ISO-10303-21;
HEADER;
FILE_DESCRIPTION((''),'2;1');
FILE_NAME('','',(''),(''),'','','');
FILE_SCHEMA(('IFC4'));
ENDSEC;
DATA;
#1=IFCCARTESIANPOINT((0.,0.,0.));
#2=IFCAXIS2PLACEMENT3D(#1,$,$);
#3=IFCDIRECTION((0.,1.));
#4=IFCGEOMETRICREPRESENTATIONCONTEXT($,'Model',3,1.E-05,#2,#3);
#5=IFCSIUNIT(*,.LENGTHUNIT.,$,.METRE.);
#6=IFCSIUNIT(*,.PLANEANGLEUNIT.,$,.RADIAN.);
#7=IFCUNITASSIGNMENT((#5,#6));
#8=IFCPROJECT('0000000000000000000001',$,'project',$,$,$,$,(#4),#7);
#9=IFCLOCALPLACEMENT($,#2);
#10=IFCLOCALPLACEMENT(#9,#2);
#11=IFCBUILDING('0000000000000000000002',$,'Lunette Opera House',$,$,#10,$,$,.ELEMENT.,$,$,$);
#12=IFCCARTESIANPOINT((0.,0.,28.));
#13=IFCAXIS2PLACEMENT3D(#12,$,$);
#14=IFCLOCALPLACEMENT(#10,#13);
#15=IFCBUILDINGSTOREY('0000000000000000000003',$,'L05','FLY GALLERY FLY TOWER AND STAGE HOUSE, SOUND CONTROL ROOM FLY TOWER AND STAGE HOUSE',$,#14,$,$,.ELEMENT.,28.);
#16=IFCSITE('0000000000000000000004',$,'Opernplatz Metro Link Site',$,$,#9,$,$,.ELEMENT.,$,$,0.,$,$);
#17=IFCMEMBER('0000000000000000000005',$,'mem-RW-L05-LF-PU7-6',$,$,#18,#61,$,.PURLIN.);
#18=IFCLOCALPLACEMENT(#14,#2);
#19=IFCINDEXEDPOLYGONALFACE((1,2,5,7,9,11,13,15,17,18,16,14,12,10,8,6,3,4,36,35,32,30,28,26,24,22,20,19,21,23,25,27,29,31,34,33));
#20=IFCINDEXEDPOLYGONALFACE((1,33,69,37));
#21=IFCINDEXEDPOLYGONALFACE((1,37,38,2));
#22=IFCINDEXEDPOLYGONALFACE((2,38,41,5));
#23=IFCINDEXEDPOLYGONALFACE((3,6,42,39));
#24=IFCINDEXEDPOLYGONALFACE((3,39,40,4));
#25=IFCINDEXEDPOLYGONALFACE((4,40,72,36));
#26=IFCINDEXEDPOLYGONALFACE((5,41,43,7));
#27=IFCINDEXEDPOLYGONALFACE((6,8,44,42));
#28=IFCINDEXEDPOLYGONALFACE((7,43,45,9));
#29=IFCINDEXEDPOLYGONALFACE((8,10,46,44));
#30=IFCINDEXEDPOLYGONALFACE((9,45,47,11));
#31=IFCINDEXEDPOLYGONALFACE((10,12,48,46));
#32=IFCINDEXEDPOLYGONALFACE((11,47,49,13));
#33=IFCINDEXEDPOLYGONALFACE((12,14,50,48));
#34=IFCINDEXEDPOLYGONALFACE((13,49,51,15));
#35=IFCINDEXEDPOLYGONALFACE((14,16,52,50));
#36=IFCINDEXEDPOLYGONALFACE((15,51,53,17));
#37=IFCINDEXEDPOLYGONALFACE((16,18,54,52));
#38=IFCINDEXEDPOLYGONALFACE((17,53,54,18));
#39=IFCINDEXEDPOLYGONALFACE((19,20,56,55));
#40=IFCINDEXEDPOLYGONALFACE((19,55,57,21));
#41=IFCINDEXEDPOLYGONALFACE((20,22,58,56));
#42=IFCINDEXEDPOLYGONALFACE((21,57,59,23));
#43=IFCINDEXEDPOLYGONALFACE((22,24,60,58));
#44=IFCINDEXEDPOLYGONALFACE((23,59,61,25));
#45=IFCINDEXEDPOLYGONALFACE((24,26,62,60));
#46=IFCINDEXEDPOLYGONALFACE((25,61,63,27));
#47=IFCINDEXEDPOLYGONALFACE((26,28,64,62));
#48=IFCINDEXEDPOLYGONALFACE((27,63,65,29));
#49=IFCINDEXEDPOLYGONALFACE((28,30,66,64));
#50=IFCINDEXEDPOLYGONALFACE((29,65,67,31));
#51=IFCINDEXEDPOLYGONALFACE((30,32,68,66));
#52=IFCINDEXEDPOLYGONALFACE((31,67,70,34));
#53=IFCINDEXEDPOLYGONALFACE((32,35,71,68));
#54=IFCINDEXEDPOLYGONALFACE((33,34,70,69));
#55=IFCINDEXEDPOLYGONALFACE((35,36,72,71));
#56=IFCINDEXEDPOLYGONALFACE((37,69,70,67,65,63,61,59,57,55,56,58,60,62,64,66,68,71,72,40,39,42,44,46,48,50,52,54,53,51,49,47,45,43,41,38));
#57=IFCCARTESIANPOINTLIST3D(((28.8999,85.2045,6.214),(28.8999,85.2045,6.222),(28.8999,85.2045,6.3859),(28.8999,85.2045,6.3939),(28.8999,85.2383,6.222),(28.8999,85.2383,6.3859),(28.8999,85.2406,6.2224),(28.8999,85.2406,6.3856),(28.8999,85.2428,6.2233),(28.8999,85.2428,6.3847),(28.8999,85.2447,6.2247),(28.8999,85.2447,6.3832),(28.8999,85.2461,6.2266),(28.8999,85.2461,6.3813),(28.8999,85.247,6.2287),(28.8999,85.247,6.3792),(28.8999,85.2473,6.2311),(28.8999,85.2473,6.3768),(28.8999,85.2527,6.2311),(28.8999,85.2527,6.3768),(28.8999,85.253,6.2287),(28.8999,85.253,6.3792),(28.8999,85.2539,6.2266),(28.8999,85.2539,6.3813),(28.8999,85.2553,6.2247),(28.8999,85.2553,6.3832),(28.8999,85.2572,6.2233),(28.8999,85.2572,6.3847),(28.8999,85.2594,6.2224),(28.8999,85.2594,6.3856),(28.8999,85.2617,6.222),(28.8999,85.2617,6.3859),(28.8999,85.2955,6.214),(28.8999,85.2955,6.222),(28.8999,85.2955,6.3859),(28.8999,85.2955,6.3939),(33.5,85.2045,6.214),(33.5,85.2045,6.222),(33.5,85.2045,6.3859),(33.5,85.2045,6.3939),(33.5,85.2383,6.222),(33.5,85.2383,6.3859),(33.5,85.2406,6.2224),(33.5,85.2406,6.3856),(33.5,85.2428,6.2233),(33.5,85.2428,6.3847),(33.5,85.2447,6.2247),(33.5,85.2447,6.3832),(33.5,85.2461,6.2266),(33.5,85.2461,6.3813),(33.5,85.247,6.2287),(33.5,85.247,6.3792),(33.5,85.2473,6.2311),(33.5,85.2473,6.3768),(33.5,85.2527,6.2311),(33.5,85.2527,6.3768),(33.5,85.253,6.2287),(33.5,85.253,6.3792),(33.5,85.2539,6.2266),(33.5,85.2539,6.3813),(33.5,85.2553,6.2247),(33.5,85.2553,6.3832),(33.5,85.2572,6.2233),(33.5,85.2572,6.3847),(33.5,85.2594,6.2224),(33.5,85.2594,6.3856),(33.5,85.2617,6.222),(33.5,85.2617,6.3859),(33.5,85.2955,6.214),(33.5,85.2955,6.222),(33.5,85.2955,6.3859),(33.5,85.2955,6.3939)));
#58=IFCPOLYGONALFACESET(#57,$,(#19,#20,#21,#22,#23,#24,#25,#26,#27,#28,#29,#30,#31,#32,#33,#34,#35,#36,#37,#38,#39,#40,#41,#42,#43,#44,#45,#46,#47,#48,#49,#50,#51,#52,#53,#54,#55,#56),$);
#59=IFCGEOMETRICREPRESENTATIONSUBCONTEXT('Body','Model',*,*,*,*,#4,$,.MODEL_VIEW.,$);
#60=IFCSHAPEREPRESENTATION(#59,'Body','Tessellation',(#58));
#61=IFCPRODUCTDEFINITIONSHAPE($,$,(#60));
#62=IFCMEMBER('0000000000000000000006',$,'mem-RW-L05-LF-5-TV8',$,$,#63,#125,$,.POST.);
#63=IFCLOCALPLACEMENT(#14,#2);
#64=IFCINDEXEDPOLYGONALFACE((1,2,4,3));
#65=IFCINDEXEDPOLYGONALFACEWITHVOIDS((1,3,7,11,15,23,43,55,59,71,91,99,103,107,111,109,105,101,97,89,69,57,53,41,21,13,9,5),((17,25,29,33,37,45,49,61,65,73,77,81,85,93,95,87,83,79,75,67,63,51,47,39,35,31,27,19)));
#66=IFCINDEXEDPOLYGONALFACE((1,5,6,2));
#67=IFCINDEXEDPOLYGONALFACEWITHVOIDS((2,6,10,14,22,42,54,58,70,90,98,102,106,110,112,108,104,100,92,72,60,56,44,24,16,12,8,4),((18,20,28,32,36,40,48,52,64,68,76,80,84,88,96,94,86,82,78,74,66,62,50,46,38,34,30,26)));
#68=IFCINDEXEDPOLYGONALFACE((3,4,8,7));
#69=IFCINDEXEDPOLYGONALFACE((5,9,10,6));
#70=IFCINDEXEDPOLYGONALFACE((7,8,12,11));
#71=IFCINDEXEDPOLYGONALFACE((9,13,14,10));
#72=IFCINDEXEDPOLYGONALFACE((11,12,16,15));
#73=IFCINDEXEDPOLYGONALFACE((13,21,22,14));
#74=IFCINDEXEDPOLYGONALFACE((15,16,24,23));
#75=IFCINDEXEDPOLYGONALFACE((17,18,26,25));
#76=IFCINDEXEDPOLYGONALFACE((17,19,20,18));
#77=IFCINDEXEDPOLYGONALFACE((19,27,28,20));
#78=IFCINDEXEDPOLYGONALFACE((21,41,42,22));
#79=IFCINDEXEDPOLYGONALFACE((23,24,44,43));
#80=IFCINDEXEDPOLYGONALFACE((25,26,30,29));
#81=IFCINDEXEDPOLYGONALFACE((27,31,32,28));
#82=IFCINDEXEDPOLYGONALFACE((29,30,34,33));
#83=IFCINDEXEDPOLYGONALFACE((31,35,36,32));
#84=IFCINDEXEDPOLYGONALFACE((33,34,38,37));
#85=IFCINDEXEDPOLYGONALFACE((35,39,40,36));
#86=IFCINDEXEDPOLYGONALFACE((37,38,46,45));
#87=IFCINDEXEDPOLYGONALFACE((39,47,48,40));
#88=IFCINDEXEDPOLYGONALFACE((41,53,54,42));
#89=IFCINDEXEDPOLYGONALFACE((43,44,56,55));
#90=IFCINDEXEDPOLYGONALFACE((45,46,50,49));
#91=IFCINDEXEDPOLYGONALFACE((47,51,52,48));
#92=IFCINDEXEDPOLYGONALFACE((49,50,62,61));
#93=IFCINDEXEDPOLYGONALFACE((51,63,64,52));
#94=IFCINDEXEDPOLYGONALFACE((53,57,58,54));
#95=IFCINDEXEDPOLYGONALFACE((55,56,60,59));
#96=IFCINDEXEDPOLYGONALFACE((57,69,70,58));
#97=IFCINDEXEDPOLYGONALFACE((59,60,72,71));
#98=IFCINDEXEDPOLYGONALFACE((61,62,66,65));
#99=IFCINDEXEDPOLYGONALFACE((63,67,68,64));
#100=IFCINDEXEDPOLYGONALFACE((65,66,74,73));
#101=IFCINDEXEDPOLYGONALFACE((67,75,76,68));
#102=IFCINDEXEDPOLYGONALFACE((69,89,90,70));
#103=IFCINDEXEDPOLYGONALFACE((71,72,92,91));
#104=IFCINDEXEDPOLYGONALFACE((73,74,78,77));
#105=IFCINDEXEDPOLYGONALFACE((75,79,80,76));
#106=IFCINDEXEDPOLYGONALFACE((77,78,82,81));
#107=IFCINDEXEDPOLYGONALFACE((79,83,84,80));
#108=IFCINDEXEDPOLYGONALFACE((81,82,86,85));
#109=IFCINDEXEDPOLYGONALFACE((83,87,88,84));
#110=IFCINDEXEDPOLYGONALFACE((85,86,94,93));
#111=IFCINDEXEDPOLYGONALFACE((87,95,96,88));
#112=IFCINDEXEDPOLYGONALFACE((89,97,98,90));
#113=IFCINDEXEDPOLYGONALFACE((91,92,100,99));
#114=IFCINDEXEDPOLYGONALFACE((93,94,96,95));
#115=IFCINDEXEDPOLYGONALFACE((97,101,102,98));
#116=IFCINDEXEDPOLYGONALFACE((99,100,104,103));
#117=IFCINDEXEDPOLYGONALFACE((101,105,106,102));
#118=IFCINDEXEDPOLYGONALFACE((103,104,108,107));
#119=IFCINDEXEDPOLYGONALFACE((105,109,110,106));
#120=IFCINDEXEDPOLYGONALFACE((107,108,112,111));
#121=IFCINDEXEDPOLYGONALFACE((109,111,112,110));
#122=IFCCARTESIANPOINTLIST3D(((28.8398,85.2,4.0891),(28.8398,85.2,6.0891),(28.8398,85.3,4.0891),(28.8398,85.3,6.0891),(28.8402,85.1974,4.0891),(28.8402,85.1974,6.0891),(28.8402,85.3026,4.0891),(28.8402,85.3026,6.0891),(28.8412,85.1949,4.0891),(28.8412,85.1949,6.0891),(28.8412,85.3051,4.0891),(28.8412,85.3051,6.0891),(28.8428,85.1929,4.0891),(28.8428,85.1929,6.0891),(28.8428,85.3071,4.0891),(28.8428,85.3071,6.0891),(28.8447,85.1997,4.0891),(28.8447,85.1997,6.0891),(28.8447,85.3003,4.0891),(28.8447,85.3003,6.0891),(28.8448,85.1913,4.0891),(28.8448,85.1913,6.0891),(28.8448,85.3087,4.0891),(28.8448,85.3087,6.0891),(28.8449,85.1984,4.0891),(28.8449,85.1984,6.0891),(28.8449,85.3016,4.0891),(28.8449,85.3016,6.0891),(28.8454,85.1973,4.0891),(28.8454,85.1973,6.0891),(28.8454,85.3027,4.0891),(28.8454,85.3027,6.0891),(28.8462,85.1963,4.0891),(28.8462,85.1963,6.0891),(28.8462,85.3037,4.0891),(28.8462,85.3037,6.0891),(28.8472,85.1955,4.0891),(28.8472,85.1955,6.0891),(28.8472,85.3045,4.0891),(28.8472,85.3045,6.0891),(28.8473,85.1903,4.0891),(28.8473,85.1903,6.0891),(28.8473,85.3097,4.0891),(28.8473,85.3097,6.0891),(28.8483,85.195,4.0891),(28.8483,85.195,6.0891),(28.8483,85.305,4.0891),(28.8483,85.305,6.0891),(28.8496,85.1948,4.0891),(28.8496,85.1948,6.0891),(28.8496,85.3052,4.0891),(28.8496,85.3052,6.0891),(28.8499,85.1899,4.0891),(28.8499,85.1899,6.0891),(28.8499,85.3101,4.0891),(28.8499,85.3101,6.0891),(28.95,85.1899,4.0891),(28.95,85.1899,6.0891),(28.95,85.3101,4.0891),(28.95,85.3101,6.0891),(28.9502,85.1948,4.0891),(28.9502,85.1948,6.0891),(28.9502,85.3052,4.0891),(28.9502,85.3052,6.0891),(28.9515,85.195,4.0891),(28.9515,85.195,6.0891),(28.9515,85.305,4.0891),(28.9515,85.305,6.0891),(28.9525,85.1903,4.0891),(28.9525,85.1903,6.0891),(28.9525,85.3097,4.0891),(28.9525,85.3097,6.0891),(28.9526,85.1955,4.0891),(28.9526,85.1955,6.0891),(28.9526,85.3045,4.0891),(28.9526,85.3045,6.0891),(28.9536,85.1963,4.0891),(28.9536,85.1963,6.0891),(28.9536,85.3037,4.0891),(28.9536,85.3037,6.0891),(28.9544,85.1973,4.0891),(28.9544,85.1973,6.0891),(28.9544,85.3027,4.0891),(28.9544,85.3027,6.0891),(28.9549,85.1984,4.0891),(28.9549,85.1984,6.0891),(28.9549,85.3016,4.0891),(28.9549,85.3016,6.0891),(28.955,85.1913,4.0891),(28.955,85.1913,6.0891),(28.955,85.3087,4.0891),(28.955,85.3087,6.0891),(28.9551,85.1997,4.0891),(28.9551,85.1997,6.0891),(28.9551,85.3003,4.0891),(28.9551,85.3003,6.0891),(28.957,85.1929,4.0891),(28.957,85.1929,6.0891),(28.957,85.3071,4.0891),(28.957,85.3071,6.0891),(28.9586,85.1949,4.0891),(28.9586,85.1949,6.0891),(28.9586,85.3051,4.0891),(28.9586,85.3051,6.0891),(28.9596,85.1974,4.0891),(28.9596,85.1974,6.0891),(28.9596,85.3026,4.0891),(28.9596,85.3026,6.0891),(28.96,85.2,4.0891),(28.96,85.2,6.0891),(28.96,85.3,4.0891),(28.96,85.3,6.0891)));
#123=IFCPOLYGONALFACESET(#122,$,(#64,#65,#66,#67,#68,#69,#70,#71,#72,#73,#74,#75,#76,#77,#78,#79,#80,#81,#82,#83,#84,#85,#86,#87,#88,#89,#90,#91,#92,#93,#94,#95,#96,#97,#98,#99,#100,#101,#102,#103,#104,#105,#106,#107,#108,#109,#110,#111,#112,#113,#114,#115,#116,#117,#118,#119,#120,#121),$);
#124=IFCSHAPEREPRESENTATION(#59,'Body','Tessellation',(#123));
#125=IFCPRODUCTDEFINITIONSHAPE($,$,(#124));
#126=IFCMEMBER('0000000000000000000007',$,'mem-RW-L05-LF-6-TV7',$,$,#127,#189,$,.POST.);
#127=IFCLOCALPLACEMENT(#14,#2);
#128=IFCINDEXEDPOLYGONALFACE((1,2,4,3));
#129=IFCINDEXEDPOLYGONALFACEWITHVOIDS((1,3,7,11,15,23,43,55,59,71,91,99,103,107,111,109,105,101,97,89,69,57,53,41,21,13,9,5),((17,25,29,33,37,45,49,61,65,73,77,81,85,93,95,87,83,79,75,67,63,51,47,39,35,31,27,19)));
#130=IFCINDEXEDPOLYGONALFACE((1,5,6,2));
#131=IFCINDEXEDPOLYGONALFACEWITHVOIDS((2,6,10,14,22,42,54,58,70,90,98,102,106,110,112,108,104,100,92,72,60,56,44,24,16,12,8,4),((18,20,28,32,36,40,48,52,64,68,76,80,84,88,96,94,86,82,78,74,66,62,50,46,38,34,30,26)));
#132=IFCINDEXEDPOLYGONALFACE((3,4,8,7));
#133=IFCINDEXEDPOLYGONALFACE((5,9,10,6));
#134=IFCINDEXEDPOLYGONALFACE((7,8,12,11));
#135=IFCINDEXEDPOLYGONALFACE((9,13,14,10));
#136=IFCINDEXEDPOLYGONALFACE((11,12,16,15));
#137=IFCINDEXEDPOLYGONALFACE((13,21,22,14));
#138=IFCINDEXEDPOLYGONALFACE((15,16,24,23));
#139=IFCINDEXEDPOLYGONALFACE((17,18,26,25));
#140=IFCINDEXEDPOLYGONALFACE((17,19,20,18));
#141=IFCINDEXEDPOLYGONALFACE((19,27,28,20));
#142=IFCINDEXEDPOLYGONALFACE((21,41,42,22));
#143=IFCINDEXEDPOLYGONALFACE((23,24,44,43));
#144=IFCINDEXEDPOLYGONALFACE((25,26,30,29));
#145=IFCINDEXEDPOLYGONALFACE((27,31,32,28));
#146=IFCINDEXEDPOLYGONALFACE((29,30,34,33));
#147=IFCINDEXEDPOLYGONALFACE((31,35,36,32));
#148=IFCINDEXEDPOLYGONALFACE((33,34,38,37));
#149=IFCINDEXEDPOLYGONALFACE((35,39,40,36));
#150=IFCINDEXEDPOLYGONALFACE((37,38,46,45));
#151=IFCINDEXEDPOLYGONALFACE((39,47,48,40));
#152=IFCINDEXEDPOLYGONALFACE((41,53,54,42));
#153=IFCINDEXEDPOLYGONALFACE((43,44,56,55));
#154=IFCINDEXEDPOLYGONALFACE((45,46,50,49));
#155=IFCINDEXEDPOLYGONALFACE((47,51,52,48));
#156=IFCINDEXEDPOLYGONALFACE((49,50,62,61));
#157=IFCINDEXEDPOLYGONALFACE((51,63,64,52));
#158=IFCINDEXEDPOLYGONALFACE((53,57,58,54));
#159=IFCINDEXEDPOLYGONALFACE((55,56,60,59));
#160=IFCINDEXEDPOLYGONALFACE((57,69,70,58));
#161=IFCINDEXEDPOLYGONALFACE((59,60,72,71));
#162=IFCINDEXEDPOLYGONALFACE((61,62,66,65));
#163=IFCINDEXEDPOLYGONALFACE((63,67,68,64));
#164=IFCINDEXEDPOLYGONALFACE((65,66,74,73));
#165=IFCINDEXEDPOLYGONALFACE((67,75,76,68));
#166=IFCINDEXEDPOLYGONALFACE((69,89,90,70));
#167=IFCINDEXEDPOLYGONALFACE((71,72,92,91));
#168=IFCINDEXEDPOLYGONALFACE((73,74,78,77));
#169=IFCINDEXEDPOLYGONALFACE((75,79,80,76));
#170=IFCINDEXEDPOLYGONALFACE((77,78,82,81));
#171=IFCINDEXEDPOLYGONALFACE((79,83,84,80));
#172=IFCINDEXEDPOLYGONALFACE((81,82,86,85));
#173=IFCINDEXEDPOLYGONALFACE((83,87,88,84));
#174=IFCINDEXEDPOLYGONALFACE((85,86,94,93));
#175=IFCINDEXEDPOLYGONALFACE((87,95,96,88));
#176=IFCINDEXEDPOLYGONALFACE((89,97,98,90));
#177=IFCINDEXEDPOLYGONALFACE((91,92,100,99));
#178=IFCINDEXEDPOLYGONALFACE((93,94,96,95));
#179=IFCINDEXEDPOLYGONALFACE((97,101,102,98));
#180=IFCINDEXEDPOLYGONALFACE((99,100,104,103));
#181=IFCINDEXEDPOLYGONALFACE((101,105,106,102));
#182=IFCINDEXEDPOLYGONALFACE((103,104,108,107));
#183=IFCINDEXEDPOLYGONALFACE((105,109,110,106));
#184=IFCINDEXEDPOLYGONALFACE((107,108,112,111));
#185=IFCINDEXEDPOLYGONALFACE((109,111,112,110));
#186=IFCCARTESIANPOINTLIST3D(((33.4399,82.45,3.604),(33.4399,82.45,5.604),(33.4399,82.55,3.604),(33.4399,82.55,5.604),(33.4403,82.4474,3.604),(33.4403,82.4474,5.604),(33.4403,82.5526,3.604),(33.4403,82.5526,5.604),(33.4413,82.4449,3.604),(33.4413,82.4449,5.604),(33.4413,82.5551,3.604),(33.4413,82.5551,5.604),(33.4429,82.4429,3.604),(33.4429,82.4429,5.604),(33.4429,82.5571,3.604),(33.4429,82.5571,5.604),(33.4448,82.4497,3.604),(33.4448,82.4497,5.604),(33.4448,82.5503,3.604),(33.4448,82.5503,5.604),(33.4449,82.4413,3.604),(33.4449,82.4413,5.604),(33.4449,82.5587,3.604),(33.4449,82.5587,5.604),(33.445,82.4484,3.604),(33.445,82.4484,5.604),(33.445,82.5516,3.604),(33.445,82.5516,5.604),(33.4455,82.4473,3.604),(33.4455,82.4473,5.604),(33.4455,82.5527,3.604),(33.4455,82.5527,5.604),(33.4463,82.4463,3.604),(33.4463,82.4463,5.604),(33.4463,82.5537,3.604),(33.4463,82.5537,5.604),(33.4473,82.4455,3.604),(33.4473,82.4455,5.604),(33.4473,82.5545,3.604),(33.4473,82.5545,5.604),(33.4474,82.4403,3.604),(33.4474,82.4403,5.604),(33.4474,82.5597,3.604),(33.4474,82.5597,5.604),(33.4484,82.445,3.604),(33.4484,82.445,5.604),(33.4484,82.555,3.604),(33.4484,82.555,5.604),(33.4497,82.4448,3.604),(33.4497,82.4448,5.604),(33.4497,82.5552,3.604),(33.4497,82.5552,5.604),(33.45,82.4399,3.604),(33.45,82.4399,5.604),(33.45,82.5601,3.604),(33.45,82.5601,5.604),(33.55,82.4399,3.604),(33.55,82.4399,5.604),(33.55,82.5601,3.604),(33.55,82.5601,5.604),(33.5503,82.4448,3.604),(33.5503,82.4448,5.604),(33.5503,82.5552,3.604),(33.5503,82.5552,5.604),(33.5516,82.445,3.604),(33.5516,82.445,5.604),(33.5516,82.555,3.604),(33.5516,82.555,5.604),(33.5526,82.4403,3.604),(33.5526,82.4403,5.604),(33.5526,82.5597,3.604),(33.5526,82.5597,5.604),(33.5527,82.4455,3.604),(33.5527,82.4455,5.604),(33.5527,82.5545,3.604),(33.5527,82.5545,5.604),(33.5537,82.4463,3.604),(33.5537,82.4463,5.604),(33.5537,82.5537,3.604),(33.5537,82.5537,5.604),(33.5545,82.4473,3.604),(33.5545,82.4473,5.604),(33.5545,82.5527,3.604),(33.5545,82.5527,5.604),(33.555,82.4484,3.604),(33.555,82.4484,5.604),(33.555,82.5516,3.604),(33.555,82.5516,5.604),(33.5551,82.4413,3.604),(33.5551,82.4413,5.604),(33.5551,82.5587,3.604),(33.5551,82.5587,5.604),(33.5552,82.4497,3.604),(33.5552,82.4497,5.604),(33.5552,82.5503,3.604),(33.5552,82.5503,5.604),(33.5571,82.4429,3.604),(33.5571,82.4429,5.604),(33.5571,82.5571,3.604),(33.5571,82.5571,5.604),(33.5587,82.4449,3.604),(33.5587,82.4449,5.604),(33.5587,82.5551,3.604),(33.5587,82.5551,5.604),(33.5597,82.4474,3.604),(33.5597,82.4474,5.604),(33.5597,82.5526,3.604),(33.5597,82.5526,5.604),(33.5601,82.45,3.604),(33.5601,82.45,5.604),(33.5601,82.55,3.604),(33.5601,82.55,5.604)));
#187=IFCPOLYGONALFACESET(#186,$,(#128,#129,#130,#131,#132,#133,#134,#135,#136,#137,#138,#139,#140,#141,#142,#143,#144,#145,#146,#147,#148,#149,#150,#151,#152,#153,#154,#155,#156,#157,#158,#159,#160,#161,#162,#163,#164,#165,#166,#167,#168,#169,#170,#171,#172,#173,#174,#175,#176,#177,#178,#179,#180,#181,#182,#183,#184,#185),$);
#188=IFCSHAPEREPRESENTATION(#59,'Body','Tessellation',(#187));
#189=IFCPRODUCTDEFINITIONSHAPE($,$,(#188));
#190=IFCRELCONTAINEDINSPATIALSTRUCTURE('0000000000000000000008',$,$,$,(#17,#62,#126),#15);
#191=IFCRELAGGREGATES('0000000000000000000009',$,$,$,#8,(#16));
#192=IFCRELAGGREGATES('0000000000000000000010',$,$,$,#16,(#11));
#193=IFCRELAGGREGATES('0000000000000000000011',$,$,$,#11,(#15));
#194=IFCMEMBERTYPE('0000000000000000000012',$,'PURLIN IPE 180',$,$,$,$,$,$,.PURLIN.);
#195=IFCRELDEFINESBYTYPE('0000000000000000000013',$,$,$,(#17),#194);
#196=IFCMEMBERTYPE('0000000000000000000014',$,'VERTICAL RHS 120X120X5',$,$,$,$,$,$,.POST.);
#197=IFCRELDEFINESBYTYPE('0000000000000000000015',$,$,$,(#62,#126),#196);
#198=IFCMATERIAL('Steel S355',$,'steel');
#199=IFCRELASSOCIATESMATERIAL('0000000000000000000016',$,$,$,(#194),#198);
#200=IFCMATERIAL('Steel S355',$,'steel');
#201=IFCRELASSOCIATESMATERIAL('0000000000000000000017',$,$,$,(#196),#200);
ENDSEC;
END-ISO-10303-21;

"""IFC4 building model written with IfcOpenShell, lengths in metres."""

from ifc_helpers import new_model, si_unit, direction, frame, origin, origin_2d, place, context, subcontext, project, spatial, hollow_rectangle, i_section, extrude, material, material_profile, profile_set, type_object, element, save


model = new_model("IFC4")

# Units and contexts
model_context = context("Model", 3, precision=1e-05, world=origin(), true_north=direction((0.0, 1.0)))
body_context = subcontext(model_context, "Body", "Model", "MODEL_VIEW")
ifc_project = project(units=[si_unit("LENGTHUNIT", "METRE"), si_unit("PLANEANGLEUNIT", "RADIAN")], contexts=[model_context])

# Site, building, storey
site_placement = place(None, origin())
site = spatial("IfcSite", under=ifc_project, at=site_placement, Name="Opernplatz Metro Link Site", CompositionType="ELEMENT", RefElevation=0.0)
building_placement = place(site_placement, origin())
building = spatial("IfcBuilding", under=site, at=building_placement, Name="Lunette Opera House", CompositionType="ELEMENT")
storey_placement = place(building_placement, frame((0.0, 0.0, 28.0)))
storey = spatial("IfcBuildingStorey", under=building, at=storey_placement, Name="L05", Description="FLY GALLERY FLY TOWER AND STAGE HOUSE, SOUND CONTROL ROOM FLY TOWER AND STAGE HOUSE", CompositionType="ELEMENT", Elevation=28.0)

# Members
ifc_material_1 = material(Name="Steel S355", Category="steel")
ifc_material_profile_1 = material_profile(ifc_material_1, i_section(OverallWidth=0.0911, OverallDepth=0.1799, WebThickness=0.0054, FlangeThickness=0.0081, FilletRadius=0.009, at=origin_2d()), Name="IPE 180")
ifc_profile_set_1 = profile_set([ifc_material_profile_1], Name="Steel S355")
member_type_1 = type_object("IfcMemberType", Name="PURLIN IPE 180", PredefinedType="PURLIN", material=ifc_profile_set_1)
member_1_placement = place(storey_placement, frame((28.8999, 85.25, 6.304), z_axis=(1.0, 0.0, 0.0), x_axis=(0.0, 1.0, 0.0)))
element("IfcMember", 1, at=member_1_placement, inside=storey, type_object=member_type_1, Name="mem-RW-L05-LF-PU7-6", PredefinedType="PURLIN", context=body_context, shape_type="SweptSolid", body=[
    extrude(i_section(OverallWidth=0.0911, OverallDepth=0.1799, WebThickness=0.0054, FlangeThickness=0.0081, FilletRadius=0.009, at=origin_2d()), origin(), (0.0, 0.0, 1.0), 4.6001),
])
ifc_material_2 = material(Name="Steel S355", Category="steel")
ifc_material_profile_2 = material_profile(ifc_material_2, hollow_rectangle(XDim=0.1201, YDim=0.1201, WallThickness=0.0049, InnerFilletRadius=0.0049, OuterFilletRadius=0.01, at=origin_2d()), Name="RHS 120X120X5")
ifc_profile_set_2 = profile_set([ifc_material_profile_2], Name="Steel S355")
member_type_2 = type_object("IfcMemberType", Name="VERTICAL RHS 120X120X5", PredefinedType="POST", material=ifc_profile_set_2)
for number, where, z_axis, x_axis, name in (
    (2, (28.8999, 85.25, 4.0891), (0.0, 0.0, 1.0), (1.0, 0.0, 0.0), "mem-RW-L05-LF-5-TV8"),
    (3, (33.5, 82.5, 3.604), (0.0, 0.0, 1.0), (1.0, 0.0, 0.0), "mem-RW-L05-LF-6-TV7"),
):
    element("IfcMember", number, at=place(storey_placement, frame(where, z_axis=z_axis, x_axis=x_axis)), inside=storey, type_object=member_type_2, Name=name, PredefinedType="POST", context=body_context, shape_type="SweptSolid", body=[
        extrude(hollow_rectangle(XDim=0.1201, YDim=0.1201, WallThickness=0.0049, InnerFilletRadius=0.0049, OuterFilletRadius=0.01, at=origin_2d()), origin(), (0.0, 0.0, 1.0), 2.0),
    ])

save(model, "model.ifc")
